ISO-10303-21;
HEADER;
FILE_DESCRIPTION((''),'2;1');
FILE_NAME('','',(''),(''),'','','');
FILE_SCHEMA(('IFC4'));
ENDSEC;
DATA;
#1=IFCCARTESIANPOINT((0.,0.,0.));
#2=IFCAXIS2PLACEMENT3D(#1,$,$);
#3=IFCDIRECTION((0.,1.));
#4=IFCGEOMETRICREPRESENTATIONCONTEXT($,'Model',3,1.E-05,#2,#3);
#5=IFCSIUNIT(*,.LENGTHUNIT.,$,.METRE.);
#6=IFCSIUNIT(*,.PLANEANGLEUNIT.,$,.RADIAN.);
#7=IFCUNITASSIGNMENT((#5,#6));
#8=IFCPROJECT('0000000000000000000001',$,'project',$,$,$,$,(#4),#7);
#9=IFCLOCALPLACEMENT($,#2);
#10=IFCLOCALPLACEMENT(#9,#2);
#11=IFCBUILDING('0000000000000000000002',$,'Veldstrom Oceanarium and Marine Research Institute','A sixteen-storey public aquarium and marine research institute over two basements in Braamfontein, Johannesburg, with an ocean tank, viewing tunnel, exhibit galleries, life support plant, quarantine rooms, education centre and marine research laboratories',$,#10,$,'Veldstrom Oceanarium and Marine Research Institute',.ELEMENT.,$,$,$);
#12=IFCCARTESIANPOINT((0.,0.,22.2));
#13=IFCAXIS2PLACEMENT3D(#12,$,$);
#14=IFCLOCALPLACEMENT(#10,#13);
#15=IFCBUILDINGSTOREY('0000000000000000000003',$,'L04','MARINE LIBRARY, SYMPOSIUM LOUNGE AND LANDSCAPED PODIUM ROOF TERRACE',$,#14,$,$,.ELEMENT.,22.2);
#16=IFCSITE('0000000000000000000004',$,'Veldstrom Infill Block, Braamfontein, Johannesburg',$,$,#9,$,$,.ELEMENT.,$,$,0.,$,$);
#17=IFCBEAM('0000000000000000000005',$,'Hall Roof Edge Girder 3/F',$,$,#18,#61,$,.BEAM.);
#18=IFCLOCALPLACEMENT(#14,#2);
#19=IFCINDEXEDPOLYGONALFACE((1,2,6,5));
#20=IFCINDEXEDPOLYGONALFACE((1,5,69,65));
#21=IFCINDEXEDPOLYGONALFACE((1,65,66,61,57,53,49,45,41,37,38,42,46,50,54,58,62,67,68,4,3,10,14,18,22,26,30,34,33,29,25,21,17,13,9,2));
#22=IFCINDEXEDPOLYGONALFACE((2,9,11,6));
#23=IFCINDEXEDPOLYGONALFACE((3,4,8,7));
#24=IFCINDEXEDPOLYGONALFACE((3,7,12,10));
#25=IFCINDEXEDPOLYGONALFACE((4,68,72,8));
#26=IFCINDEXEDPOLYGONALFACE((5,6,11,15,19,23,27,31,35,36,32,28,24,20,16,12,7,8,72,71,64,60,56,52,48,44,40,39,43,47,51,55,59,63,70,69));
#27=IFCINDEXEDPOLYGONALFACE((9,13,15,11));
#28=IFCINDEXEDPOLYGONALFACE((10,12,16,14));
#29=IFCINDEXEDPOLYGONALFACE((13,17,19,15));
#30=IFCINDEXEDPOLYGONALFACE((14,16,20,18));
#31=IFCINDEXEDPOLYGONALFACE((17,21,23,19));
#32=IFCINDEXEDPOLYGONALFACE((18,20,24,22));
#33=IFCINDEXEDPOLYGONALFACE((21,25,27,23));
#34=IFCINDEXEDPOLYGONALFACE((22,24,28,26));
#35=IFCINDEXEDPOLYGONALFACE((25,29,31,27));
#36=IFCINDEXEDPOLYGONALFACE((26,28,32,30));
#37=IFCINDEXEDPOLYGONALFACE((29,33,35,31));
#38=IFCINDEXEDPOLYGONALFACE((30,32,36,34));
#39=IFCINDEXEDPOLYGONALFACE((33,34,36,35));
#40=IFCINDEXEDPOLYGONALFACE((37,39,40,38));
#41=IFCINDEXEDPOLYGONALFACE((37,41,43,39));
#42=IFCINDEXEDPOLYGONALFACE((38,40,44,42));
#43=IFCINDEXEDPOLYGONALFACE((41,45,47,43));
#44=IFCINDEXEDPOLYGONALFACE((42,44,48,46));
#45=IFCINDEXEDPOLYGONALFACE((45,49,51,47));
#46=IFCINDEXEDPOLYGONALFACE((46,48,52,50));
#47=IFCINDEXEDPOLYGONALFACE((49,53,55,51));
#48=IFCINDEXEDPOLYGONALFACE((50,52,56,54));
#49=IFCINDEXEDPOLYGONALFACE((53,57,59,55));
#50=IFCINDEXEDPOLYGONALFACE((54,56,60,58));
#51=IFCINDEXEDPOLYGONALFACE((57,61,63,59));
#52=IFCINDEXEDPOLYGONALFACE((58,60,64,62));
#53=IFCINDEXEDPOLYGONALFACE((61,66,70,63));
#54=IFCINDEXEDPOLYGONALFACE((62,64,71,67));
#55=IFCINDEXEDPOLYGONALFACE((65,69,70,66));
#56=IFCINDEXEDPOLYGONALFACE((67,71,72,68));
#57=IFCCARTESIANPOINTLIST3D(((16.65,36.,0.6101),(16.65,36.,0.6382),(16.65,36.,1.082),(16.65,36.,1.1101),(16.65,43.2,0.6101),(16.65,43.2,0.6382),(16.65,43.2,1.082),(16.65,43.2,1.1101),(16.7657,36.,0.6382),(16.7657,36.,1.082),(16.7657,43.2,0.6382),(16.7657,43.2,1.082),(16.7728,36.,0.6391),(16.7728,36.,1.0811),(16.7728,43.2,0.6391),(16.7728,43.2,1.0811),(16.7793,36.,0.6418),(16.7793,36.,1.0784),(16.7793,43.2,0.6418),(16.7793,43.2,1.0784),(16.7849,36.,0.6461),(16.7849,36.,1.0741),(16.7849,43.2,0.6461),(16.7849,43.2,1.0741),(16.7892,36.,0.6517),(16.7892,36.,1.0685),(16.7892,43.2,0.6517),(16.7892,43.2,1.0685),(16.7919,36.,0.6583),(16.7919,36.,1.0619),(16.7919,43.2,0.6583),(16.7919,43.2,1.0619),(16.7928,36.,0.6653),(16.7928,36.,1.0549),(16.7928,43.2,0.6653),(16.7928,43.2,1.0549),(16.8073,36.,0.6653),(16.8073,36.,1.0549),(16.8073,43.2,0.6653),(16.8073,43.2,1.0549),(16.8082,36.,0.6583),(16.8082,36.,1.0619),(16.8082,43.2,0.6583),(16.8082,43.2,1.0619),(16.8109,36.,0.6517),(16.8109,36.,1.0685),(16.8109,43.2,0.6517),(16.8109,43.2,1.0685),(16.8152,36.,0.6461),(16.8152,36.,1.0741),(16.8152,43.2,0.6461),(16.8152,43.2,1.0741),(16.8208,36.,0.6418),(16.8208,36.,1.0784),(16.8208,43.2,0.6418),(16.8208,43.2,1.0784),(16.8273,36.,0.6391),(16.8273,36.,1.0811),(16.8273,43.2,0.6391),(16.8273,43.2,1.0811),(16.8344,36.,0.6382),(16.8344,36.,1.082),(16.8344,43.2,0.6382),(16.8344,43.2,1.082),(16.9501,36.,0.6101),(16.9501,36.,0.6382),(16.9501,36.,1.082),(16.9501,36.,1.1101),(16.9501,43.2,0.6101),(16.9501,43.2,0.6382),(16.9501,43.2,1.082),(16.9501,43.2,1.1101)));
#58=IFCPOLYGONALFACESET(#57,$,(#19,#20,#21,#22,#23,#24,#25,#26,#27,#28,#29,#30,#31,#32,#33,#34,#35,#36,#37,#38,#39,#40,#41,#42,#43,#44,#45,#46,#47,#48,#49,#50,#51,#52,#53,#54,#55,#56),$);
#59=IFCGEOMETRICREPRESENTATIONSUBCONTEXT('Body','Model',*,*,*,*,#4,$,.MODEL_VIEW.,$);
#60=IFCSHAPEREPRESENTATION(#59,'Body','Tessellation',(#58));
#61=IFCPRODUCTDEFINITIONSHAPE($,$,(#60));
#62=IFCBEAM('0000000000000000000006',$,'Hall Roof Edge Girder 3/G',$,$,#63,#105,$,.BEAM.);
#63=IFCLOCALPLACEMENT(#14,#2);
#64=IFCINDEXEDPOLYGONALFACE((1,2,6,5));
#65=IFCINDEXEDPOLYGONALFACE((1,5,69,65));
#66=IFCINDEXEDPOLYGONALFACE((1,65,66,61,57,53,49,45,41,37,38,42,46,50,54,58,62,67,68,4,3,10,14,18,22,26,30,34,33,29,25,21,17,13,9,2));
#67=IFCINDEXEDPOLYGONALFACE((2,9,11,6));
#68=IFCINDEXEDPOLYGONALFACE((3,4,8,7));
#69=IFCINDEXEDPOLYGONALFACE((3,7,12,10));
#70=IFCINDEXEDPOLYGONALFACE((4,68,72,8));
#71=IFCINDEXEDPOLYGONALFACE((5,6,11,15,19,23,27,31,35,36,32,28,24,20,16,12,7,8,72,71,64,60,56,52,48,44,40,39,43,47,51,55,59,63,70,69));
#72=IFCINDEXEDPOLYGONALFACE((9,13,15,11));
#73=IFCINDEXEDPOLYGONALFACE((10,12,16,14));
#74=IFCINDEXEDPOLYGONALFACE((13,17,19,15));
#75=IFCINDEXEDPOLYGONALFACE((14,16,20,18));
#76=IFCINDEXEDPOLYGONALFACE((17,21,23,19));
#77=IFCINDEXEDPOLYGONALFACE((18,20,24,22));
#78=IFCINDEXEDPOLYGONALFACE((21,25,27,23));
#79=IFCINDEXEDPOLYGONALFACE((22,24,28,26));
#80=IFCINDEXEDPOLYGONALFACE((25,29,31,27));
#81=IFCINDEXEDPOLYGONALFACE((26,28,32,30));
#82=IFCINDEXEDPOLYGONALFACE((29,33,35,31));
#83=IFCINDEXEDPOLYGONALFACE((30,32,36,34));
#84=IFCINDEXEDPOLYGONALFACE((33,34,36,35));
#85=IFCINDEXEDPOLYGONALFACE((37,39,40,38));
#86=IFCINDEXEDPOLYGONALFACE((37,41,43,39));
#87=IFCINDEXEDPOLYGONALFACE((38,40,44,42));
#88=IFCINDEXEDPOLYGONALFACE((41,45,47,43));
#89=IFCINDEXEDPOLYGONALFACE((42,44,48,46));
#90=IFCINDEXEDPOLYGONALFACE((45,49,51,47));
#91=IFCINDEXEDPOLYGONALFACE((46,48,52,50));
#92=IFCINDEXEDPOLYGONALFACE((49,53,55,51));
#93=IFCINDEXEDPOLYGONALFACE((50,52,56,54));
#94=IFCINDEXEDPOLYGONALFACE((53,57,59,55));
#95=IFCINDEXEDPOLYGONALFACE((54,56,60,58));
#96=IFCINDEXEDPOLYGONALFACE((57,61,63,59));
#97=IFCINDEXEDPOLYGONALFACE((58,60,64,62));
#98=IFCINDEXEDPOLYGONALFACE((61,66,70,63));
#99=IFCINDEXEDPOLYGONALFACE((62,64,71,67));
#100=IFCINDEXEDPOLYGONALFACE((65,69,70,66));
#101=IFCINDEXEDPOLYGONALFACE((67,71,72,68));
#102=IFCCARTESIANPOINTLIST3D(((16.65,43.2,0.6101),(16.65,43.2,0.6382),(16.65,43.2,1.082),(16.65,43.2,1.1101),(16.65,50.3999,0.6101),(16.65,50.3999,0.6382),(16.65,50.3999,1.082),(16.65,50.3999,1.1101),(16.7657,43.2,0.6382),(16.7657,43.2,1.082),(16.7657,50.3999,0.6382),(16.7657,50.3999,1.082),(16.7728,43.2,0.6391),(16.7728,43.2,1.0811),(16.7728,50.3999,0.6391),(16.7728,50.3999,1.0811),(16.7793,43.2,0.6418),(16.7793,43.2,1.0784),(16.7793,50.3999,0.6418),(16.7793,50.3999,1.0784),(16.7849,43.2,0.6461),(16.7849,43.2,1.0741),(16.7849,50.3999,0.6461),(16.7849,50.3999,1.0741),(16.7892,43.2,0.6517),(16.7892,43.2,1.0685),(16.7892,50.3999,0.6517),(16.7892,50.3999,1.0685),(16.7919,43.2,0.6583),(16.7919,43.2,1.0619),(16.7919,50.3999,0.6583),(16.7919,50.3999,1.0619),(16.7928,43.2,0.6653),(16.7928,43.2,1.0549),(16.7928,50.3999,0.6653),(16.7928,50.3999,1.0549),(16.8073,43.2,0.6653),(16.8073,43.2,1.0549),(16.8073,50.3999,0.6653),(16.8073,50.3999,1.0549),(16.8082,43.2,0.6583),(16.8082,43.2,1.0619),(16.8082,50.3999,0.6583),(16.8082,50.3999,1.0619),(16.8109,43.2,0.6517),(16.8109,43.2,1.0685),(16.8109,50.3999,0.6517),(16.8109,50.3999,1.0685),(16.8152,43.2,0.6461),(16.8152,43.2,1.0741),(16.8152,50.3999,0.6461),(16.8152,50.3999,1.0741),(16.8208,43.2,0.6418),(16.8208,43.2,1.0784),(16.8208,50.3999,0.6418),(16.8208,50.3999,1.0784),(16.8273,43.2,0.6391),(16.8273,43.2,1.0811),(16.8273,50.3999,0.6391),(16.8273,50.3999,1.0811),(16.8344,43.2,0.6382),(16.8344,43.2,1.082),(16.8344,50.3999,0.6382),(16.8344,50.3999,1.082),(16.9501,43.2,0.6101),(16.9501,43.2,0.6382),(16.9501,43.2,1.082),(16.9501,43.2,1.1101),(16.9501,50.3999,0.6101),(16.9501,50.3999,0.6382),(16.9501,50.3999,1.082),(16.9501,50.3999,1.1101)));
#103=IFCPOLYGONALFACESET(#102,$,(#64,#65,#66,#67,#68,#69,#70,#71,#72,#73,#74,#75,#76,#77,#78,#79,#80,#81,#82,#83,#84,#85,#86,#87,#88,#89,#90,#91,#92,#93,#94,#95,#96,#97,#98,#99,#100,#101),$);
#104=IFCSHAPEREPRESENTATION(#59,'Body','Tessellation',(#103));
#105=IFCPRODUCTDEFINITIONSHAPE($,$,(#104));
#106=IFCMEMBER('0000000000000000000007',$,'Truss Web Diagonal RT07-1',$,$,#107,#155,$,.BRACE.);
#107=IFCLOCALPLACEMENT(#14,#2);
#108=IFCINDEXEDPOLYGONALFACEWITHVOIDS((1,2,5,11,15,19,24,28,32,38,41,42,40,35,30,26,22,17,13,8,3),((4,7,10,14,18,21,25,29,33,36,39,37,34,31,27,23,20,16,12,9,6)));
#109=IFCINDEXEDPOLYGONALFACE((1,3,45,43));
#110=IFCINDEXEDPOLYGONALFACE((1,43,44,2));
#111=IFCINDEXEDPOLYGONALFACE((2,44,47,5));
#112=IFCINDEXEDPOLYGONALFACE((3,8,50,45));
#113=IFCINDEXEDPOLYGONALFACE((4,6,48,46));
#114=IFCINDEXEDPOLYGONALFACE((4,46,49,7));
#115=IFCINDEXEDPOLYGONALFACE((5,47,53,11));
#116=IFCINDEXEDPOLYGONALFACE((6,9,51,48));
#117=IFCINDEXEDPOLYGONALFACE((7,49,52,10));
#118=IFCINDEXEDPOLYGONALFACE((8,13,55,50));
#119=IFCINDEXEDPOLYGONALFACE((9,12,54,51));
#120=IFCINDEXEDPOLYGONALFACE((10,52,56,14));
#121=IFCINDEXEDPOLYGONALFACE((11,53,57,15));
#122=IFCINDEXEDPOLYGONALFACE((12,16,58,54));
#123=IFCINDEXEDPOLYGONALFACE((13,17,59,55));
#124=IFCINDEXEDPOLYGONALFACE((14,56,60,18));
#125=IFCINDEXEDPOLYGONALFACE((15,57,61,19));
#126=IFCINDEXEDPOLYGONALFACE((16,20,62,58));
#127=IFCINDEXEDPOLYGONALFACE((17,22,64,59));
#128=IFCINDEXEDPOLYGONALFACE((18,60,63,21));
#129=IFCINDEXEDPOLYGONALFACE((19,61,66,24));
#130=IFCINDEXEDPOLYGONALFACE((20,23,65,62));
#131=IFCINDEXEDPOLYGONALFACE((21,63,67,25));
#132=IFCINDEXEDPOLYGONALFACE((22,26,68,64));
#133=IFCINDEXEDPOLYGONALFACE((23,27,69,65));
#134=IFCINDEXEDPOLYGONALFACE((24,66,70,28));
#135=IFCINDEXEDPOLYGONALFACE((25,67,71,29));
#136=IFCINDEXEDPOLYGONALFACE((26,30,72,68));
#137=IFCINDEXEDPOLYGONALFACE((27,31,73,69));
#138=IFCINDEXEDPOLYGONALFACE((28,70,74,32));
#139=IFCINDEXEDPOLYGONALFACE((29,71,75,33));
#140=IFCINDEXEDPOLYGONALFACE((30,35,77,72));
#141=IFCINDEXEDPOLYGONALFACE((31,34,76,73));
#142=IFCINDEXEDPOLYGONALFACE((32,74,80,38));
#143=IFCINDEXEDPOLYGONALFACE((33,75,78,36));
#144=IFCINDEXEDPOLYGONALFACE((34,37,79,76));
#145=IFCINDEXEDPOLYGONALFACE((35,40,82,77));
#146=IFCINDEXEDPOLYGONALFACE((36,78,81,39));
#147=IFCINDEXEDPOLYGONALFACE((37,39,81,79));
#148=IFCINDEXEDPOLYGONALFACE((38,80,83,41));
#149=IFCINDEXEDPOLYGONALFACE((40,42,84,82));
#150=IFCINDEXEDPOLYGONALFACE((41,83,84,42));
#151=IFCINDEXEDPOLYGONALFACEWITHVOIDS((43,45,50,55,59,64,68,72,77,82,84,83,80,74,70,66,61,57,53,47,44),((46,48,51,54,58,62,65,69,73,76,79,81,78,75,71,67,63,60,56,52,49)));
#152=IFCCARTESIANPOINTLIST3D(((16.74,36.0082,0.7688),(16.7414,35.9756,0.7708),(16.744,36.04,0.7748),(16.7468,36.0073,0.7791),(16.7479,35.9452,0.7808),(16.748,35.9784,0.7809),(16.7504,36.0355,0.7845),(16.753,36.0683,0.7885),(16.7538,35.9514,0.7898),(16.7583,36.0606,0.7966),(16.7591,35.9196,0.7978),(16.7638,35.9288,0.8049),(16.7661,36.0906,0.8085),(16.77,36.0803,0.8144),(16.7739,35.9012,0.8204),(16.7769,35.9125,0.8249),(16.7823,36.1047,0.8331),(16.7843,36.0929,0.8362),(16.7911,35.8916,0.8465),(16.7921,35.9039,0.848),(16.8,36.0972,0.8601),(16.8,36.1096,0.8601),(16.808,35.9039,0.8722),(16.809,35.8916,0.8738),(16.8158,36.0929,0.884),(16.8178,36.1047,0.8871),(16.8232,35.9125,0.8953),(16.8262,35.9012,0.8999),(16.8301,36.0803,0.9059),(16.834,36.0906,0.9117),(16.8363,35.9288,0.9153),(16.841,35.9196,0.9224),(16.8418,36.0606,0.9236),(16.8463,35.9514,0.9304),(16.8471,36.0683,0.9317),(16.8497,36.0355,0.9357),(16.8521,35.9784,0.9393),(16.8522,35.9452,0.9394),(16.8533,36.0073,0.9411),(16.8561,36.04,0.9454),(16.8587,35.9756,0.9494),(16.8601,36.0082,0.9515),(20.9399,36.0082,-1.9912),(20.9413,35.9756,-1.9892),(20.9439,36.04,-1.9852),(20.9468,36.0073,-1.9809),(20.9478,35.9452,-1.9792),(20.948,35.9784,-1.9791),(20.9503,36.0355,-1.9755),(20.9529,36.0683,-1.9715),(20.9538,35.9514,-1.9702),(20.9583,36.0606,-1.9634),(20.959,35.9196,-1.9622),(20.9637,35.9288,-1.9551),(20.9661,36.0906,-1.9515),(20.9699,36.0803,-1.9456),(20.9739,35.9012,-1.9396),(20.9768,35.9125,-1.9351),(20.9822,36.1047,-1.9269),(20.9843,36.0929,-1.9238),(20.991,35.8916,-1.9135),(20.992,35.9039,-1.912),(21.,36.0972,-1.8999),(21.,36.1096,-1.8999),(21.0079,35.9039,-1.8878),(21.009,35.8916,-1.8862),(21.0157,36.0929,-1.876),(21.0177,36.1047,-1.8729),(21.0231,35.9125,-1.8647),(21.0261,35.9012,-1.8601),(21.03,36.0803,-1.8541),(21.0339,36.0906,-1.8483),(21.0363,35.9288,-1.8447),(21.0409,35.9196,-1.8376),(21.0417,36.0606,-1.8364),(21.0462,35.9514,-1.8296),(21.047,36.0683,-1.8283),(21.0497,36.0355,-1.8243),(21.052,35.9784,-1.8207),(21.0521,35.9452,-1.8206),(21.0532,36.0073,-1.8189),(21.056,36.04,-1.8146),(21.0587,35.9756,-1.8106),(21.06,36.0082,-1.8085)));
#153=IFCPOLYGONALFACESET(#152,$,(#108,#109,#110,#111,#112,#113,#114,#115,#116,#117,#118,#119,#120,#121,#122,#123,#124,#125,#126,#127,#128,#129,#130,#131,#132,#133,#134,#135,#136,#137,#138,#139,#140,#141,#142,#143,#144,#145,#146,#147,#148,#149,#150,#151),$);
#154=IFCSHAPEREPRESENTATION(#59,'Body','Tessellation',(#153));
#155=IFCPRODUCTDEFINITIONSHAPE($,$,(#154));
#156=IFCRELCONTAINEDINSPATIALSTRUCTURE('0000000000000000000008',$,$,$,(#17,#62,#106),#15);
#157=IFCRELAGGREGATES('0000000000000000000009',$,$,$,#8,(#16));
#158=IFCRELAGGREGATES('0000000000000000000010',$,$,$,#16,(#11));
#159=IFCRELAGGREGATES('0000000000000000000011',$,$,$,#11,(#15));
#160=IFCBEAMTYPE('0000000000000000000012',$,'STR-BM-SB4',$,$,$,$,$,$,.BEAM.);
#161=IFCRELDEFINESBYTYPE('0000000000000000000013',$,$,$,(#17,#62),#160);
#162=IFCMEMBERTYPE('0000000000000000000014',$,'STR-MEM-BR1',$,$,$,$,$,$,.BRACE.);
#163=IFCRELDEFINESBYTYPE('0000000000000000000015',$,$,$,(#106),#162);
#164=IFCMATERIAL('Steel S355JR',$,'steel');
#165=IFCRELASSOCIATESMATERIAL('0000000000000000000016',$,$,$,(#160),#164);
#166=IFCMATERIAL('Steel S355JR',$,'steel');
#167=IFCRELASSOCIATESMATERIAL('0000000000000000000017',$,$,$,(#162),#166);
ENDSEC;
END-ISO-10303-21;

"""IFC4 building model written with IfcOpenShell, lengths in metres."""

from ifc_helpers import new_model, si_unit, direction, frame, origin, origin_2d, place, context, subcontext, project, spatial, hollow_circle, i_section, extrude, material, material_profile, profile_set, type_object, element, save


model = new_model("IFC4")

# Units and contexts
model_context = context("Model", 3, precision=1e-05, world=origin(), true_north=direction((0.0, 1.0)))
body_context = subcontext(model_context, "Body", "Model", "MODEL_VIEW")
ifc_project = project(units=[si_unit("LENGTHUNIT", "METRE"), si_unit("PLANEANGLEUNIT", "RADIAN")], contexts=[model_context])

# Site, building, storey
site_placement = place(None, origin())
site = spatial("IfcSite", under=ifc_project, at=site_placement, Name="Veldstrom Infill Block, Braamfontein, Johannesburg", CompositionType="ELEMENT", RefElevation=0.0)
building_placement = place(site_placement, origin())
building = spatial("IfcBuilding", under=site, at=building_placement, Name="Veldstrom Oceanarium and Marine Research Institute", Description="A sixteen-storey public aquarium and marine research institute over two basements in Braamfontein, Johannesburg, with an ocean tank, viewing tunnel, exhibit galleries, life support plant, quarantine rooms, education centre and marine research laboratories", LongName="Veldstrom Oceanarium and Marine Research Institute", CompositionType="ELEMENT")
storey_placement = place(building_placement, frame((0.0, 0.0, 22.2)))
storey = spatial("IfcBuildingStorey", under=building, at=storey_placement, Name="L04", Description="MARINE LIBRARY, SYMPOSIUM LOUNGE AND LANDSCAPED PODIUM ROOF TERRACE", CompositionType="ELEMENT", Elevation=22.2)

# Beams
ifc_material_1 = material(Name="Steel S355JR", Category="steel")
ifc_material_profile_1 = material_profile(ifc_material_1, i_section(OverallWidth=0.3, OverallDepth=0.5, WebThickness=0.0144, FlangeThickness=0.0281, FilletRadius=0.0271, at=origin_2d()), Name="HEB 500")
ifc_profile_set_1 = profile_set([ifc_material_profile_1], Name="Steel S355JR")
beam_type_1 = type_object("IfcBeamType", Name="STR-BM-SB4", PredefinedType="BEAM", material=ifc_profile_set_1)
for number, where, z_axis, x_axis, name in (
    (1, (16.8, 36.0, 0.8601), (0.0, 1.0, 0.0), (-1.0, 0.0, 0.0), "Hall Roof Edge Girder 3/F"),
    (2, (16.8, 43.2, 0.8601), (0.0, 1.0, 0.0), (-1.0, 0.0, 0.0), "Hall Roof Edge Girder 3/G"),
):
    element("IfcBeam", number, at=place(storey_placement, frame(where, z_axis=z_axis, x_axis=x_axis)), inside=storey, type_object=beam_type_1, Name=name, PredefinedType="BEAM", context=body_context, shape_type="SweptSolid", body=[
        extrude(i_section(OverallWidth=0.3, OverallDepth=0.5, WebThickness=0.0144, FlangeThickness=0.0281, FilletRadius=0.0271, at=origin_2d()), origin(), (0.0, 0.0, 1.0), 7.2),
    ])

# Member
ifc_material_2 = material(Name="Steel S355JR", Category="steel")
ifc_material_profile_2 = material_profile(ifc_material_2, hollow_circle(Radius=0.1096, WallThickness=0.0125, at=origin_2d()), Name="CHS 219.1x12.5")
ifc_profile_set_2 = profile_set([ifc_material_profile_2], Name="Steel S355JR")
member_type_1 = type_object("IfcMemberType", Name="STR-MEM-BR1", PredefinedType="BRACE", material=ifc_profile_set_2)
member_1_placement = place(storey_placement, frame((16.8, 36.0, 0.8601), z_axis=(0.835702, 0.0, -0.549184), x_axis=(0.0, 1.0, 0.0)))
element("IfcMember", 3, at=member_1_placement, inside=storey, type_object=member_type_1, Name="Truss Web Diagonal RT07-1", PredefinedType="BRACE", context=body_context, shape_type="SweptSolid", body=[
    extrude(hollow_circle(Radius=0.1096, WallThickness=0.0125, at=origin_2d()), origin(), (0.0, 0.0, 1.0), 5.0256),
])

save(model, "model.ifc")
